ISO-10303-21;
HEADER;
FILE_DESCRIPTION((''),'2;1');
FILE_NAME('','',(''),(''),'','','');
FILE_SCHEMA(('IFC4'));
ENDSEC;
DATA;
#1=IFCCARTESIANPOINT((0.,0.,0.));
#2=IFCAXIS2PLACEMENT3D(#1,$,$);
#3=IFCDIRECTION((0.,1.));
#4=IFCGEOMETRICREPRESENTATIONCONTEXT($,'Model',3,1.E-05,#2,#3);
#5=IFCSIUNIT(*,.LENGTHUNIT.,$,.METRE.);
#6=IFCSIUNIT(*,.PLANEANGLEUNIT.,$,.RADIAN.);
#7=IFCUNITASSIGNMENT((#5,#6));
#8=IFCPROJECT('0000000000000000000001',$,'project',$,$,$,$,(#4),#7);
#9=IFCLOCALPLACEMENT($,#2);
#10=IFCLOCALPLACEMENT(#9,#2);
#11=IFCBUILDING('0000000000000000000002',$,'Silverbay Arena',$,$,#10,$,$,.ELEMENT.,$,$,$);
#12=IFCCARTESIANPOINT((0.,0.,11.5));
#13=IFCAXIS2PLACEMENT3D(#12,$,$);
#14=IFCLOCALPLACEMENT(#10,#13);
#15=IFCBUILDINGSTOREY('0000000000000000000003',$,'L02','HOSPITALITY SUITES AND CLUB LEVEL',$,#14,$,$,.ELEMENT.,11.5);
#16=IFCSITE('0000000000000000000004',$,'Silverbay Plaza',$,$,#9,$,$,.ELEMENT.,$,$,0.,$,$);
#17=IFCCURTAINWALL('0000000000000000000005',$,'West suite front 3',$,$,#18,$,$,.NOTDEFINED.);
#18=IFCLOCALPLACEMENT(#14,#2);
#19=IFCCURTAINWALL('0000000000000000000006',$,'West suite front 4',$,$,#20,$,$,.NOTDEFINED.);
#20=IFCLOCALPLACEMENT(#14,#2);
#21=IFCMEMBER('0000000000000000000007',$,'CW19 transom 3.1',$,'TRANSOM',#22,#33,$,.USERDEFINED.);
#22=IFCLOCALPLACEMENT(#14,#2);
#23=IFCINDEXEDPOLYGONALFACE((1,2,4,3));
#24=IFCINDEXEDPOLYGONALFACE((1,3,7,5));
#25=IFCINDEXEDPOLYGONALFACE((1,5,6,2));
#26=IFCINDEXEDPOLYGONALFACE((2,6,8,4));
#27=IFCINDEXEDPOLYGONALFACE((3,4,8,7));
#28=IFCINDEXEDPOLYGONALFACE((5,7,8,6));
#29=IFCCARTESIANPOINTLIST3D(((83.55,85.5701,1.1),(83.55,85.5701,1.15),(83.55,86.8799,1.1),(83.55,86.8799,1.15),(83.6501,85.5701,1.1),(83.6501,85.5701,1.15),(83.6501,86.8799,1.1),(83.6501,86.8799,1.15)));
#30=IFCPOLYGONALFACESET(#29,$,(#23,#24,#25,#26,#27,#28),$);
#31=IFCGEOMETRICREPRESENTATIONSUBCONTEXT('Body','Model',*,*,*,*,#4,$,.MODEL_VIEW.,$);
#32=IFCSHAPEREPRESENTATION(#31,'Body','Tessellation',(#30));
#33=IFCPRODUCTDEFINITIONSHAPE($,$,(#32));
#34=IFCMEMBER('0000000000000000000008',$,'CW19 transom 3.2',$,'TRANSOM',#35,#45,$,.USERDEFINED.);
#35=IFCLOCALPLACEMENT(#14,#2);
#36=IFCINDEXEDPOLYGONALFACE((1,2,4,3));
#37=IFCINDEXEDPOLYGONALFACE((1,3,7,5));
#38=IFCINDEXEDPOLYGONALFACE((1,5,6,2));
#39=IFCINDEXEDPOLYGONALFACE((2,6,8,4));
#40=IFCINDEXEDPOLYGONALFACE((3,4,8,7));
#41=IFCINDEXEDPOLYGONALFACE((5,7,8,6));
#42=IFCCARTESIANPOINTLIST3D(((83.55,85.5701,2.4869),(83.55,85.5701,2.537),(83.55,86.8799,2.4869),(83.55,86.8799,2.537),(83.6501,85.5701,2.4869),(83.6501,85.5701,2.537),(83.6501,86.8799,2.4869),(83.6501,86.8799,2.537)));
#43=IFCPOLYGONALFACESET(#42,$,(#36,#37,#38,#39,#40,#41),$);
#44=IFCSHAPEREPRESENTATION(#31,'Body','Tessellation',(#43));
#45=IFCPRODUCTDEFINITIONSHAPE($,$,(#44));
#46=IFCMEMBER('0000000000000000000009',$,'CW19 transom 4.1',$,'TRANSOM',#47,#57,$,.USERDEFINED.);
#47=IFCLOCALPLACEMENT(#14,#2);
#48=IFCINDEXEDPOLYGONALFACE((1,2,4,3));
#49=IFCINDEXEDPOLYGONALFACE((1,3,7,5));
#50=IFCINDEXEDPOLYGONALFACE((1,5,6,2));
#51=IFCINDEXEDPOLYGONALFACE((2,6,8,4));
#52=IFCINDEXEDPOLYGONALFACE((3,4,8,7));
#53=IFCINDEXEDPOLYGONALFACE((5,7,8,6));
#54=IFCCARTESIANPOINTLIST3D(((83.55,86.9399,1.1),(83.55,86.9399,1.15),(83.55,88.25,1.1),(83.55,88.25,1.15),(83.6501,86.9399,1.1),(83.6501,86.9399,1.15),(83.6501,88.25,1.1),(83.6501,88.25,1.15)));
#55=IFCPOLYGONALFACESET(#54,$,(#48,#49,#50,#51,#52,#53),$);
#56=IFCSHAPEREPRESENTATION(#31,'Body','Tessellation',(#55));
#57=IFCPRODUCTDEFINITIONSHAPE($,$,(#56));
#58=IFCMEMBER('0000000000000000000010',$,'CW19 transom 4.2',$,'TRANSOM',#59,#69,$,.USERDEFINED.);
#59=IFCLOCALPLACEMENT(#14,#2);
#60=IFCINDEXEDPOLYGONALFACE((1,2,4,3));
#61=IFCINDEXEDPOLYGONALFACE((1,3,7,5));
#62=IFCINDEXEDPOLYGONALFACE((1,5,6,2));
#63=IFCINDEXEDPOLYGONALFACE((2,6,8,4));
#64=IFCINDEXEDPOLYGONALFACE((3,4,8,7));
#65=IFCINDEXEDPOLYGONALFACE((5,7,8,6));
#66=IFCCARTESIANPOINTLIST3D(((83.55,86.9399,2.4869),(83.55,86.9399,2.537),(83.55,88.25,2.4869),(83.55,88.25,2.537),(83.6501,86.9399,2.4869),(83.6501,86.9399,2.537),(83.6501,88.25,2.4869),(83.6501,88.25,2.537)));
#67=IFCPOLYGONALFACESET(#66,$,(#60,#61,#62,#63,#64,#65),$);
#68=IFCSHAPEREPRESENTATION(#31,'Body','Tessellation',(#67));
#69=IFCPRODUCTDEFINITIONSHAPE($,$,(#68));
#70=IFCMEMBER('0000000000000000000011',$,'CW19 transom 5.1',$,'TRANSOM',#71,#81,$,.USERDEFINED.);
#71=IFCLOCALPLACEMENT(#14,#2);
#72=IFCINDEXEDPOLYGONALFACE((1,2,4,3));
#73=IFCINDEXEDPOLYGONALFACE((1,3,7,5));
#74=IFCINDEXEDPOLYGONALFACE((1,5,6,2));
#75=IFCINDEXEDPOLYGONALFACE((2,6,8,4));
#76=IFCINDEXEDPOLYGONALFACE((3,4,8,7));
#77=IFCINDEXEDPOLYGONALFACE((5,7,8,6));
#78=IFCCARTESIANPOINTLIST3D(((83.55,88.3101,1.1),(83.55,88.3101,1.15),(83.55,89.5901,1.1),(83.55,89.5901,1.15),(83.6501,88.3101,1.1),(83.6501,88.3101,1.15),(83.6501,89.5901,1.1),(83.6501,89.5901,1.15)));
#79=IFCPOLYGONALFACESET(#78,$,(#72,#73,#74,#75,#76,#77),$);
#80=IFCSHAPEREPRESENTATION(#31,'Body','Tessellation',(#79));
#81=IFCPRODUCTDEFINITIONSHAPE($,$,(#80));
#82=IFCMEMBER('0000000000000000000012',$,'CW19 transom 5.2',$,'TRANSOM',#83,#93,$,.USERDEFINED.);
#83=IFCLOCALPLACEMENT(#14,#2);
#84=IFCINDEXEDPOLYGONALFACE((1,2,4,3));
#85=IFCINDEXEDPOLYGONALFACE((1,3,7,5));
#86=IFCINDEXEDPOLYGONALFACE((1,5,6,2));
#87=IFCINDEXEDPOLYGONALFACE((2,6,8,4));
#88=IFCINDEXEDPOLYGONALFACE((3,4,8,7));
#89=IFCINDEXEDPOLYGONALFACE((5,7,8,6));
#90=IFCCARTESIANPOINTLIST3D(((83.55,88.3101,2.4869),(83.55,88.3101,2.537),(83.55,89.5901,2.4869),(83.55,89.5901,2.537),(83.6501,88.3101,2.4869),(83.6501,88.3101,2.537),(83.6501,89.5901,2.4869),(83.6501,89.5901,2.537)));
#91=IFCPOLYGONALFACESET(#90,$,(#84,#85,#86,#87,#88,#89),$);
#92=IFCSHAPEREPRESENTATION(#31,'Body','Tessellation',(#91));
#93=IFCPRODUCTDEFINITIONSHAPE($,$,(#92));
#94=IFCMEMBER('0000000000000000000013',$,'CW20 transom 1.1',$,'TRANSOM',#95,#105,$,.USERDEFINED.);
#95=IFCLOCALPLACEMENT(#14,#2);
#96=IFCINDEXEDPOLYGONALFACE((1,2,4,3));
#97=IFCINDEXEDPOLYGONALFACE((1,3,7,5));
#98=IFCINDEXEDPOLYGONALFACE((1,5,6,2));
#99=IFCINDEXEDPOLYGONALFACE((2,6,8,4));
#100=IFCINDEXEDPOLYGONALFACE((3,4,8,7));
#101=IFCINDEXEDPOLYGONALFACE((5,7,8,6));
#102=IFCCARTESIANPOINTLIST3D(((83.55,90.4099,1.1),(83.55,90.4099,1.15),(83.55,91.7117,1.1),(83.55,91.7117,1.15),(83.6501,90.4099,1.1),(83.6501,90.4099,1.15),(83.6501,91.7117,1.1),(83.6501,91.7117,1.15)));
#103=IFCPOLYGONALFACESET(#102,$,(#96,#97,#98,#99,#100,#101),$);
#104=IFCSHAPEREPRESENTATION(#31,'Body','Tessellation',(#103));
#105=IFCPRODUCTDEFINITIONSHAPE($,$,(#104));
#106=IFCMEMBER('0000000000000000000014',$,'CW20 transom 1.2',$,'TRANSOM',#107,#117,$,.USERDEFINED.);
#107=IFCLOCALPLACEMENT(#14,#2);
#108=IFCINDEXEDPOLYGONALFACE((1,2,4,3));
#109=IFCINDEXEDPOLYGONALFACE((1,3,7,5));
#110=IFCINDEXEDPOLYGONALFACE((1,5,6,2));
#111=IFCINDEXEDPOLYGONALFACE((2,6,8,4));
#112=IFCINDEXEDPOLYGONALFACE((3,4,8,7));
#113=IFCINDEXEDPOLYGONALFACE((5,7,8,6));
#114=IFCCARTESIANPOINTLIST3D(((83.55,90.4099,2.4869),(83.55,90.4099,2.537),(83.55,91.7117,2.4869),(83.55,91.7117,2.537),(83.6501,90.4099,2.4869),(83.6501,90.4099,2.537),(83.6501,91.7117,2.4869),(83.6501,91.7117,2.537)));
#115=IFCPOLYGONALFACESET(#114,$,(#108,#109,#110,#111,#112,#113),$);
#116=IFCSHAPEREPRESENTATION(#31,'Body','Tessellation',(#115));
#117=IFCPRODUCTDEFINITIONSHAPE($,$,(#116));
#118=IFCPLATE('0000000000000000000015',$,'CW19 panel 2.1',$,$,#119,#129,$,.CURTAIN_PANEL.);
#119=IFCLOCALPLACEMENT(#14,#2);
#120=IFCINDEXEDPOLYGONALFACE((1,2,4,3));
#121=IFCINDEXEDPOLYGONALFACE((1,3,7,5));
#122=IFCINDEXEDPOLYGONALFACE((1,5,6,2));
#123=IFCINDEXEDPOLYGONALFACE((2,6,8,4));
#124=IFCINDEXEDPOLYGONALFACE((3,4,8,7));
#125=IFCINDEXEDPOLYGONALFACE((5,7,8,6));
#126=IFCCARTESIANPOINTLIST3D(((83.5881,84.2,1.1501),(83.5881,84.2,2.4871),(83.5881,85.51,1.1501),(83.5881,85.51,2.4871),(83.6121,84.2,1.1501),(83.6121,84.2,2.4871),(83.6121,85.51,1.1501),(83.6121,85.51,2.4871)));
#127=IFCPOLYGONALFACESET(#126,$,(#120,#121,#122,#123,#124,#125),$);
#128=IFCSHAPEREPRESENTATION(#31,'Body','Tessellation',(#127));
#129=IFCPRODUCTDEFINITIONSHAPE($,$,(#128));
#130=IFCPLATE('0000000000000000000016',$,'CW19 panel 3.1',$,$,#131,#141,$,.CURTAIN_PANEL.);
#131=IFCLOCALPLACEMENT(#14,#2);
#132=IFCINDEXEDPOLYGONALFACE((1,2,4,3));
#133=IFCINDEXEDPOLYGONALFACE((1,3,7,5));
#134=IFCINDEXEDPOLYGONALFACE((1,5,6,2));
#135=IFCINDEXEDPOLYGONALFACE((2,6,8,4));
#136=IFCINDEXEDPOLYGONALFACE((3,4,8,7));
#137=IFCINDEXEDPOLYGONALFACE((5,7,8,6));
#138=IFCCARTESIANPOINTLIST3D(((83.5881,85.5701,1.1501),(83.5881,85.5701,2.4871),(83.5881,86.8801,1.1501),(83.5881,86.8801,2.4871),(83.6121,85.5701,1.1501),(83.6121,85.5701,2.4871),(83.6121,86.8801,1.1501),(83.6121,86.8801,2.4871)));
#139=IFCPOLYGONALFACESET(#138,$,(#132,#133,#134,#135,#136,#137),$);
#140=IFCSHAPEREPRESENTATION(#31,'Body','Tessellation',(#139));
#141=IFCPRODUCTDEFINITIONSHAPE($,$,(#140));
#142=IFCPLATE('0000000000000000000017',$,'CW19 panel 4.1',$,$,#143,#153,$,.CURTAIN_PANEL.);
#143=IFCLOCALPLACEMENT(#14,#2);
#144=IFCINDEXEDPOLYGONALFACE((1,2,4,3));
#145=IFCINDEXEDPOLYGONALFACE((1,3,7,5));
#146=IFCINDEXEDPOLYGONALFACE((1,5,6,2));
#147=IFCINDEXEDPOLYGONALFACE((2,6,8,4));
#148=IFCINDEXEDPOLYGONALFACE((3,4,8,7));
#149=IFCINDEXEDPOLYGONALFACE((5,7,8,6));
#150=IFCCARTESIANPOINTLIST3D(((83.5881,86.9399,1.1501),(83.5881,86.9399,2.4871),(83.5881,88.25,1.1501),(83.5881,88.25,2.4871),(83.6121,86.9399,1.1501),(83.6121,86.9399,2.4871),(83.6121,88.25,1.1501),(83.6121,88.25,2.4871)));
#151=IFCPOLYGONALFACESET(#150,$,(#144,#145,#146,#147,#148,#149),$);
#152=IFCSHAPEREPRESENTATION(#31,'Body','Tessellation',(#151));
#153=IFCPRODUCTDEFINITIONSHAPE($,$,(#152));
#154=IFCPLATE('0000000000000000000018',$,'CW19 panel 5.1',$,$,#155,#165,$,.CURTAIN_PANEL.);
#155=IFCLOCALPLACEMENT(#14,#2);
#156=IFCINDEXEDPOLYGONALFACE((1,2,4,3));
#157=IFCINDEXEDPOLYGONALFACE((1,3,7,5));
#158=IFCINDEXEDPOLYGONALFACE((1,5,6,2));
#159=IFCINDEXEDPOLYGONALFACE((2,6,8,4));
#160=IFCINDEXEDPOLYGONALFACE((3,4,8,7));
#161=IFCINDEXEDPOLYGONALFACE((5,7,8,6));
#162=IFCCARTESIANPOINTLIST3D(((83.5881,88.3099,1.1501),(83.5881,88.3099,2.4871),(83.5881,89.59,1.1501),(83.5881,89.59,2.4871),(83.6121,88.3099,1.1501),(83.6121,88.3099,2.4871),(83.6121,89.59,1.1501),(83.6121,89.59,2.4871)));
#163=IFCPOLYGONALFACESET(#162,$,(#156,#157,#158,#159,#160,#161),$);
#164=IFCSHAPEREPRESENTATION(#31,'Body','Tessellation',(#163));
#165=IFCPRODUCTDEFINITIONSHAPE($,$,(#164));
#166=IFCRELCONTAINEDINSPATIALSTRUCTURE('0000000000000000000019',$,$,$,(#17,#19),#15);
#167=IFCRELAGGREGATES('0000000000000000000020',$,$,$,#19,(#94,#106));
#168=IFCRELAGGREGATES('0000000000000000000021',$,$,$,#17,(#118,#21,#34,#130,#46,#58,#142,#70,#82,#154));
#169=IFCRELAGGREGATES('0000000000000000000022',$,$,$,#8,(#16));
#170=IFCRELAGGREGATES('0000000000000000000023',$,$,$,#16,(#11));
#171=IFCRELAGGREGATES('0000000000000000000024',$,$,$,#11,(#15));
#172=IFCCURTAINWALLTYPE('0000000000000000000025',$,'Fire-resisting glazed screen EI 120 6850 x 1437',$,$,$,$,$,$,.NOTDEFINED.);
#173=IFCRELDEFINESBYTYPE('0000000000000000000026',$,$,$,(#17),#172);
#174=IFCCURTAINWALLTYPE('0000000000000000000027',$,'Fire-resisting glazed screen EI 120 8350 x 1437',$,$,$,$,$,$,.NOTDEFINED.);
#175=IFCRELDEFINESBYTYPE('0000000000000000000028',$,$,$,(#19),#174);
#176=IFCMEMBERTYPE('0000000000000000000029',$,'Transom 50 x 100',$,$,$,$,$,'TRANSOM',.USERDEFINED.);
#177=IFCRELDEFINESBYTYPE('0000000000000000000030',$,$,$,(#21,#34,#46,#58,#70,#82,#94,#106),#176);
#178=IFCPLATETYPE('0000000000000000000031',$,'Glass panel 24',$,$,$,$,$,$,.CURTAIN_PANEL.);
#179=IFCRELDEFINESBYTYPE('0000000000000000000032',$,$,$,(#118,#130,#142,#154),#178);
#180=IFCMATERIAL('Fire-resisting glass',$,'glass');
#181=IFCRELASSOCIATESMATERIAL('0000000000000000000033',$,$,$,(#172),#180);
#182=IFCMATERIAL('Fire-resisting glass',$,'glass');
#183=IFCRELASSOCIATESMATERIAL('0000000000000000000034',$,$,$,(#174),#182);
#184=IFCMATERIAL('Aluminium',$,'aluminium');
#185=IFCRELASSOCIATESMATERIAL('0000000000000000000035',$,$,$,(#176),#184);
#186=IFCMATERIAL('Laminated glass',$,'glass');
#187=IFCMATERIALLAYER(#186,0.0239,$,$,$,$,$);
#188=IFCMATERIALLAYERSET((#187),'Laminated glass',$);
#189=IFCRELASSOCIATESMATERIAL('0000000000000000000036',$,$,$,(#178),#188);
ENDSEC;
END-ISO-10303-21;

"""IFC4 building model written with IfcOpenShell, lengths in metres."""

from ifc_helpers import new_model, si_unit, direction, frame, origin, origin_2d, place, context, subcontext, project, spatial, rectangle, extrude, material, layer, layer_set, material_profile, profile_set, type_object, element, aggregate, save


model = new_model("IFC4")

# Units and contexts
model_context = context("Model", 3, precision=1e-05, world=origin(), true_north=direction((0.0, 1.0)))
body_context = subcontext(model_context, "Body", "Model", "MODEL_VIEW")
ifc_project = project(units=[si_unit("LENGTHUNIT", "METRE"), si_unit("PLANEANGLEUNIT", "RADIAN")], contexts=[model_context])

# Site, building, storey
site_placement = place(None, origin())
site = spatial("IfcSite", under=ifc_project, at=site_placement, Name="Silverbay Plaza", CompositionType="ELEMENT", RefElevation=0.0)
building_placement = place(site_placement, origin())
building = spatial("IfcBuilding", under=site, at=building_placement, Name="Silverbay Arena", CompositionType="ELEMENT")
storey_placement = place(building_placement, frame((0.0, 0.0, 11.5)))
storey = spatial("IfcBuildingStorey", under=building, at=storey_placement, Name="L02", Description="HOSPITALITY SUITES AND CLUB LEVEL", CompositionType="ELEMENT", Elevation=11.5)

# Curtain wall
ifc_material_1 = material(Name="Fire-resisting glass", Category="glass")
curtain_wall_type_1 = type_object("IfcCurtainWallType", Name="Fire-resisting glazed screen EI 120 6850 x 1437", PredefinedType="NOTDEFINED", material=ifc_material_1)
curtain_wall_1_placement = place(storey_placement, origin())
curtain_wall_1 = element("IfcCurtainWall", 1, at=curtain_wall_1_placement, inside=storey, type_object=curtain_wall_type_1, Name="West suite front 3", PredefinedType="NOTDEFINED")

# Curtain wall
ifc_material_2 = material(Name="Fire-resisting glass", Category="glass")
curtain_wall_type_2 = type_object("IfcCurtainWallType", Name="Fire-resisting glazed screen EI 120 8350 x 1437", PredefinedType="NOTDEFINED", material=ifc_material_2)
curtain_wall_2_placement = place(storey_placement, origin())
curtain_wall_2 = element("IfcCurtainWall", 2, at=curtain_wall_2_placement, inside=storey, type_object=curtain_wall_type_2, Name="West suite front 4", PredefinedType="NOTDEFINED")

# Members
ifc_material_3 = material(Name="Aluminium", Category="aluminium")
ifc_material_profile_1 = material_profile(ifc_material_3, rectangle(XDim=0.1001, YDim=0.05, at=origin_2d()), Name="Transom 50 x 100")
ifc_profile_set_1 = profile_set([ifc_material_profile_1], Name="Aluminium")
member_type_1 = type_object("IfcMemberType", Name="Transom 50 x 100", ElementType="TRANSOM", PredefinedType="USERDEFINED", material=ifc_profile_set_1)
member_1_placement = place(storey_placement, frame((83.6001, 85.5701, 1.125), z_axis=(0.0, 1.0, 0.0), x_axis=(-1.0, 0.0, 0.0)))
member_1 = element("IfcMember", 3, at=member_1_placement, type_object=member_type_1, Name="CW19 transom 3.1", ObjectType="TRANSOM", PredefinedType="USERDEFINED", context=body_context, shape_type="SweptSolid", body=[
    extrude(rectangle(XDim=0.1001, YDim=0.05, at=origin_2d()), origin(), (0.0, 0.0, 1.0), 1.3098),
])
member_2_placement = place(storey_placement, frame((83.6001, 85.5701, 2.512), z_axis=(0.0, 1.0, 0.0), x_axis=(-1.0, 0.0, 0.0)))
member_2 = element("IfcMember", 4, at=member_2_placement, type_object=member_type_1, Name="CW19 transom 3.2", ObjectType="TRANSOM", PredefinedType="USERDEFINED", context=body_context, shape_type="SweptSolid", body=[
    extrude(rectangle(XDim=0.1001, YDim=0.05, at=origin_2d()), origin(), (0.0, 0.0, 1.0), 1.3098),
])
member_3_placement = place(storey_placement, frame((83.6001, 86.9399, 1.125), z_axis=(0.0, 1.0, 0.0), x_axis=(-1.0, 0.0, 0.0)))
member_3 = element("IfcMember", 5, at=member_3_placement, type_object=member_type_1, Name="CW19 transom 4.1", ObjectType="TRANSOM", PredefinedType="USERDEFINED", context=body_context, shape_type="SweptSolid", body=[
    extrude(rectangle(XDim=0.1001, YDim=0.05, at=origin_2d()), origin(), (0.0, 0.0, 1.0), 1.3101),
])
member_4_placement = place(storey_placement, frame((83.6001, 86.9399, 2.512), z_axis=(0.0, 1.0, 0.0), x_axis=(-1.0, 0.0, 0.0)))
member_4 = element("IfcMember", 6, at=member_4_placement, type_object=member_type_1, Name="CW19 transom 4.2", ObjectType="TRANSOM", PredefinedType="USERDEFINED", context=body_context, shape_type="SweptSolid", body=[
    extrude(rectangle(XDim=0.1001, YDim=0.05, at=origin_2d()), origin(), (0.0, 0.0, 1.0), 1.3101),
])
member_5_placement = place(storey_placement, frame((83.6001, 88.3101, 1.125), z_axis=(0.0, 1.0, 0.0), x_axis=(-1.0, 0.0, 0.0)))
member_5 = element("IfcMember", 7, at=member_5_placement, type_object=member_type_1, Name="CW19 transom 5.1", ObjectType="TRANSOM", PredefinedType="USERDEFINED", context=body_context, shape_type="SweptSolid", body=[
    extrude(rectangle(XDim=0.1001, YDim=0.05, at=origin_2d()), origin(), (0.0, 0.0, 1.0), 1.28),
])
member_6_placement = place(storey_placement, frame((83.6001, 88.3101, 2.512), z_axis=(0.0, 1.0, 0.0), x_axis=(-1.0, 0.0, 0.0)))
member_6 = element("IfcMember", 8, at=member_6_placement, type_object=member_type_1, Name="CW19 transom 5.2", ObjectType="TRANSOM", PredefinedType="USERDEFINED", context=body_context, shape_type="SweptSolid", body=[
    extrude(rectangle(XDim=0.1001, YDim=0.05, at=origin_2d()), origin(), (0.0, 0.0, 1.0), 1.28),
])
member_7_placement = place(storey_placement, frame((83.6001, 90.4099, 1.125), z_axis=(0.0, 1.0, 0.0), x_axis=(-1.0, 0.0, 0.0)))
member_7 = element("IfcMember", 9, at=member_7_placement, type_object=member_type_1, Name="CW20 transom 1.1", ObjectType="TRANSOM", PredefinedType="USERDEFINED", context=body_context, shape_type="SweptSolid", body=[
    extrude(rectangle(XDim=0.1001, YDim=0.05, at=origin_2d()), origin(), (0.0, 0.0, 1.0), 1.3018),
])
member_8_placement = place(storey_placement, frame((83.6001, 90.4099, 2.512), z_axis=(0.0, 1.0, 0.0), x_axis=(-1.0, 0.0, 0.0)))
member_8 = element("IfcMember", 10, at=member_8_placement, type_object=member_type_1, Name="CW20 transom 1.2", ObjectType="TRANSOM", PredefinedType="USERDEFINED", context=body_context, shape_type="SweptSolid", body=[
    extrude(rectangle(XDim=0.1001, YDim=0.05, at=origin_2d()), origin(), (0.0, 0.0, 1.0), 1.3018),
])
aggregate(curtain_wall_2, [member_7, member_8])

# Plates
ifc_material_4 = material(Name="Laminated glass", Category="glass")
ifc_layer_1 = layer(ifc_material_4, 0.0239)
ifc_layer_set_1 = layer_set([ifc_layer_1], Name="Laminated glass")
plate_type = type_object("IfcPlateType", Name="Glass panel 24", PredefinedType="CURTAIN_PANEL", material=ifc_layer_set_1)
plate_1_placement = place(storey_placement, frame((83.6001, 84.855, 1.1501), z_axis=(0.0, 0.0, 1.0), x_axis=(0.0, 1.0, 0.0)))
plate_1 = element("IfcPlate", 11, at=plate_1_placement, type_object=plate_type, Name="CW19 panel 2.1", PredefinedType="CURTAIN_PANEL", context=body_context, shape_type="SweptSolid", body=[
    extrude(rectangle(XDim=1.3101, YDim=0.0239, at=origin_2d()), origin(), (0.0, 0.0, 1.0), 1.3369),
])
plate_2_placement = place(storey_placement, frame((83.6001, 86.2251, 1.1501), z_axis=(0.0, 0.0, 1.0), x_axis=(0.0, 1.0, 0.0)))
plate_2 = element("IfcPlate", 12, at=plate_2_placement, type_object=plate_type, Name="CW19 panel 3.1", PredefinedType="CURTAIN_PANEL", context=body_context, shape_type="SweptSolid", body=[
    extrude(rectangle(XDim=1.3101, YDim=0.0239, at=origin_2d()), origin(), (0.0, 0.0, 1.0), 1.3369),
])
plate_3_placement = place(storey_placement, frame((83.6001, 87.595, 1.1501), z_axis=(0.0, 0.0, 1.0), x_axis=(0.0, 1.0, 0.0)))
plate_3 = element("IfcPlate", 13, at=plate_3_placement, type_object=plate_type, Name="CW19 panel 4.1", PredefinedType="CURTAIN_PANEL", context=body_context, shape_type="SweptSolid", body=[
    extrude(rectangle(XDim=1.3101, YDim=0.0239, at=origin_2d()), origin(), (0.0, 0.0, 1.0), 1.3369),
])
plate_4_placement = place(storey_placement, frame((83.6001, 88.95, 1.1501), z_axis=(0.0, 0.0, 1.0), x_axis=(0.0, 1.0, 0.0)))
plate_4 = element("IfcPlate", 14, at=plate_4_placement, type_object=plate_type, Name="CW19 panel 5.1", PredefinedType="CURTAIN_PANEL", context=body_context, shape_type="SweptSolid", body=[
    extrude(rectangle(XDim=1.28, YDim=0.0239, at=origin_2d()), origin(), (0.0, 0.0, 1.0), 1.3369),
])
aggregate(curtain_wall_1, [plate_1, member_1, member_2, plate_2, member_3, member_4, plate_3, member_5, member_6, plate_4])

save(model, "model.ifc")
